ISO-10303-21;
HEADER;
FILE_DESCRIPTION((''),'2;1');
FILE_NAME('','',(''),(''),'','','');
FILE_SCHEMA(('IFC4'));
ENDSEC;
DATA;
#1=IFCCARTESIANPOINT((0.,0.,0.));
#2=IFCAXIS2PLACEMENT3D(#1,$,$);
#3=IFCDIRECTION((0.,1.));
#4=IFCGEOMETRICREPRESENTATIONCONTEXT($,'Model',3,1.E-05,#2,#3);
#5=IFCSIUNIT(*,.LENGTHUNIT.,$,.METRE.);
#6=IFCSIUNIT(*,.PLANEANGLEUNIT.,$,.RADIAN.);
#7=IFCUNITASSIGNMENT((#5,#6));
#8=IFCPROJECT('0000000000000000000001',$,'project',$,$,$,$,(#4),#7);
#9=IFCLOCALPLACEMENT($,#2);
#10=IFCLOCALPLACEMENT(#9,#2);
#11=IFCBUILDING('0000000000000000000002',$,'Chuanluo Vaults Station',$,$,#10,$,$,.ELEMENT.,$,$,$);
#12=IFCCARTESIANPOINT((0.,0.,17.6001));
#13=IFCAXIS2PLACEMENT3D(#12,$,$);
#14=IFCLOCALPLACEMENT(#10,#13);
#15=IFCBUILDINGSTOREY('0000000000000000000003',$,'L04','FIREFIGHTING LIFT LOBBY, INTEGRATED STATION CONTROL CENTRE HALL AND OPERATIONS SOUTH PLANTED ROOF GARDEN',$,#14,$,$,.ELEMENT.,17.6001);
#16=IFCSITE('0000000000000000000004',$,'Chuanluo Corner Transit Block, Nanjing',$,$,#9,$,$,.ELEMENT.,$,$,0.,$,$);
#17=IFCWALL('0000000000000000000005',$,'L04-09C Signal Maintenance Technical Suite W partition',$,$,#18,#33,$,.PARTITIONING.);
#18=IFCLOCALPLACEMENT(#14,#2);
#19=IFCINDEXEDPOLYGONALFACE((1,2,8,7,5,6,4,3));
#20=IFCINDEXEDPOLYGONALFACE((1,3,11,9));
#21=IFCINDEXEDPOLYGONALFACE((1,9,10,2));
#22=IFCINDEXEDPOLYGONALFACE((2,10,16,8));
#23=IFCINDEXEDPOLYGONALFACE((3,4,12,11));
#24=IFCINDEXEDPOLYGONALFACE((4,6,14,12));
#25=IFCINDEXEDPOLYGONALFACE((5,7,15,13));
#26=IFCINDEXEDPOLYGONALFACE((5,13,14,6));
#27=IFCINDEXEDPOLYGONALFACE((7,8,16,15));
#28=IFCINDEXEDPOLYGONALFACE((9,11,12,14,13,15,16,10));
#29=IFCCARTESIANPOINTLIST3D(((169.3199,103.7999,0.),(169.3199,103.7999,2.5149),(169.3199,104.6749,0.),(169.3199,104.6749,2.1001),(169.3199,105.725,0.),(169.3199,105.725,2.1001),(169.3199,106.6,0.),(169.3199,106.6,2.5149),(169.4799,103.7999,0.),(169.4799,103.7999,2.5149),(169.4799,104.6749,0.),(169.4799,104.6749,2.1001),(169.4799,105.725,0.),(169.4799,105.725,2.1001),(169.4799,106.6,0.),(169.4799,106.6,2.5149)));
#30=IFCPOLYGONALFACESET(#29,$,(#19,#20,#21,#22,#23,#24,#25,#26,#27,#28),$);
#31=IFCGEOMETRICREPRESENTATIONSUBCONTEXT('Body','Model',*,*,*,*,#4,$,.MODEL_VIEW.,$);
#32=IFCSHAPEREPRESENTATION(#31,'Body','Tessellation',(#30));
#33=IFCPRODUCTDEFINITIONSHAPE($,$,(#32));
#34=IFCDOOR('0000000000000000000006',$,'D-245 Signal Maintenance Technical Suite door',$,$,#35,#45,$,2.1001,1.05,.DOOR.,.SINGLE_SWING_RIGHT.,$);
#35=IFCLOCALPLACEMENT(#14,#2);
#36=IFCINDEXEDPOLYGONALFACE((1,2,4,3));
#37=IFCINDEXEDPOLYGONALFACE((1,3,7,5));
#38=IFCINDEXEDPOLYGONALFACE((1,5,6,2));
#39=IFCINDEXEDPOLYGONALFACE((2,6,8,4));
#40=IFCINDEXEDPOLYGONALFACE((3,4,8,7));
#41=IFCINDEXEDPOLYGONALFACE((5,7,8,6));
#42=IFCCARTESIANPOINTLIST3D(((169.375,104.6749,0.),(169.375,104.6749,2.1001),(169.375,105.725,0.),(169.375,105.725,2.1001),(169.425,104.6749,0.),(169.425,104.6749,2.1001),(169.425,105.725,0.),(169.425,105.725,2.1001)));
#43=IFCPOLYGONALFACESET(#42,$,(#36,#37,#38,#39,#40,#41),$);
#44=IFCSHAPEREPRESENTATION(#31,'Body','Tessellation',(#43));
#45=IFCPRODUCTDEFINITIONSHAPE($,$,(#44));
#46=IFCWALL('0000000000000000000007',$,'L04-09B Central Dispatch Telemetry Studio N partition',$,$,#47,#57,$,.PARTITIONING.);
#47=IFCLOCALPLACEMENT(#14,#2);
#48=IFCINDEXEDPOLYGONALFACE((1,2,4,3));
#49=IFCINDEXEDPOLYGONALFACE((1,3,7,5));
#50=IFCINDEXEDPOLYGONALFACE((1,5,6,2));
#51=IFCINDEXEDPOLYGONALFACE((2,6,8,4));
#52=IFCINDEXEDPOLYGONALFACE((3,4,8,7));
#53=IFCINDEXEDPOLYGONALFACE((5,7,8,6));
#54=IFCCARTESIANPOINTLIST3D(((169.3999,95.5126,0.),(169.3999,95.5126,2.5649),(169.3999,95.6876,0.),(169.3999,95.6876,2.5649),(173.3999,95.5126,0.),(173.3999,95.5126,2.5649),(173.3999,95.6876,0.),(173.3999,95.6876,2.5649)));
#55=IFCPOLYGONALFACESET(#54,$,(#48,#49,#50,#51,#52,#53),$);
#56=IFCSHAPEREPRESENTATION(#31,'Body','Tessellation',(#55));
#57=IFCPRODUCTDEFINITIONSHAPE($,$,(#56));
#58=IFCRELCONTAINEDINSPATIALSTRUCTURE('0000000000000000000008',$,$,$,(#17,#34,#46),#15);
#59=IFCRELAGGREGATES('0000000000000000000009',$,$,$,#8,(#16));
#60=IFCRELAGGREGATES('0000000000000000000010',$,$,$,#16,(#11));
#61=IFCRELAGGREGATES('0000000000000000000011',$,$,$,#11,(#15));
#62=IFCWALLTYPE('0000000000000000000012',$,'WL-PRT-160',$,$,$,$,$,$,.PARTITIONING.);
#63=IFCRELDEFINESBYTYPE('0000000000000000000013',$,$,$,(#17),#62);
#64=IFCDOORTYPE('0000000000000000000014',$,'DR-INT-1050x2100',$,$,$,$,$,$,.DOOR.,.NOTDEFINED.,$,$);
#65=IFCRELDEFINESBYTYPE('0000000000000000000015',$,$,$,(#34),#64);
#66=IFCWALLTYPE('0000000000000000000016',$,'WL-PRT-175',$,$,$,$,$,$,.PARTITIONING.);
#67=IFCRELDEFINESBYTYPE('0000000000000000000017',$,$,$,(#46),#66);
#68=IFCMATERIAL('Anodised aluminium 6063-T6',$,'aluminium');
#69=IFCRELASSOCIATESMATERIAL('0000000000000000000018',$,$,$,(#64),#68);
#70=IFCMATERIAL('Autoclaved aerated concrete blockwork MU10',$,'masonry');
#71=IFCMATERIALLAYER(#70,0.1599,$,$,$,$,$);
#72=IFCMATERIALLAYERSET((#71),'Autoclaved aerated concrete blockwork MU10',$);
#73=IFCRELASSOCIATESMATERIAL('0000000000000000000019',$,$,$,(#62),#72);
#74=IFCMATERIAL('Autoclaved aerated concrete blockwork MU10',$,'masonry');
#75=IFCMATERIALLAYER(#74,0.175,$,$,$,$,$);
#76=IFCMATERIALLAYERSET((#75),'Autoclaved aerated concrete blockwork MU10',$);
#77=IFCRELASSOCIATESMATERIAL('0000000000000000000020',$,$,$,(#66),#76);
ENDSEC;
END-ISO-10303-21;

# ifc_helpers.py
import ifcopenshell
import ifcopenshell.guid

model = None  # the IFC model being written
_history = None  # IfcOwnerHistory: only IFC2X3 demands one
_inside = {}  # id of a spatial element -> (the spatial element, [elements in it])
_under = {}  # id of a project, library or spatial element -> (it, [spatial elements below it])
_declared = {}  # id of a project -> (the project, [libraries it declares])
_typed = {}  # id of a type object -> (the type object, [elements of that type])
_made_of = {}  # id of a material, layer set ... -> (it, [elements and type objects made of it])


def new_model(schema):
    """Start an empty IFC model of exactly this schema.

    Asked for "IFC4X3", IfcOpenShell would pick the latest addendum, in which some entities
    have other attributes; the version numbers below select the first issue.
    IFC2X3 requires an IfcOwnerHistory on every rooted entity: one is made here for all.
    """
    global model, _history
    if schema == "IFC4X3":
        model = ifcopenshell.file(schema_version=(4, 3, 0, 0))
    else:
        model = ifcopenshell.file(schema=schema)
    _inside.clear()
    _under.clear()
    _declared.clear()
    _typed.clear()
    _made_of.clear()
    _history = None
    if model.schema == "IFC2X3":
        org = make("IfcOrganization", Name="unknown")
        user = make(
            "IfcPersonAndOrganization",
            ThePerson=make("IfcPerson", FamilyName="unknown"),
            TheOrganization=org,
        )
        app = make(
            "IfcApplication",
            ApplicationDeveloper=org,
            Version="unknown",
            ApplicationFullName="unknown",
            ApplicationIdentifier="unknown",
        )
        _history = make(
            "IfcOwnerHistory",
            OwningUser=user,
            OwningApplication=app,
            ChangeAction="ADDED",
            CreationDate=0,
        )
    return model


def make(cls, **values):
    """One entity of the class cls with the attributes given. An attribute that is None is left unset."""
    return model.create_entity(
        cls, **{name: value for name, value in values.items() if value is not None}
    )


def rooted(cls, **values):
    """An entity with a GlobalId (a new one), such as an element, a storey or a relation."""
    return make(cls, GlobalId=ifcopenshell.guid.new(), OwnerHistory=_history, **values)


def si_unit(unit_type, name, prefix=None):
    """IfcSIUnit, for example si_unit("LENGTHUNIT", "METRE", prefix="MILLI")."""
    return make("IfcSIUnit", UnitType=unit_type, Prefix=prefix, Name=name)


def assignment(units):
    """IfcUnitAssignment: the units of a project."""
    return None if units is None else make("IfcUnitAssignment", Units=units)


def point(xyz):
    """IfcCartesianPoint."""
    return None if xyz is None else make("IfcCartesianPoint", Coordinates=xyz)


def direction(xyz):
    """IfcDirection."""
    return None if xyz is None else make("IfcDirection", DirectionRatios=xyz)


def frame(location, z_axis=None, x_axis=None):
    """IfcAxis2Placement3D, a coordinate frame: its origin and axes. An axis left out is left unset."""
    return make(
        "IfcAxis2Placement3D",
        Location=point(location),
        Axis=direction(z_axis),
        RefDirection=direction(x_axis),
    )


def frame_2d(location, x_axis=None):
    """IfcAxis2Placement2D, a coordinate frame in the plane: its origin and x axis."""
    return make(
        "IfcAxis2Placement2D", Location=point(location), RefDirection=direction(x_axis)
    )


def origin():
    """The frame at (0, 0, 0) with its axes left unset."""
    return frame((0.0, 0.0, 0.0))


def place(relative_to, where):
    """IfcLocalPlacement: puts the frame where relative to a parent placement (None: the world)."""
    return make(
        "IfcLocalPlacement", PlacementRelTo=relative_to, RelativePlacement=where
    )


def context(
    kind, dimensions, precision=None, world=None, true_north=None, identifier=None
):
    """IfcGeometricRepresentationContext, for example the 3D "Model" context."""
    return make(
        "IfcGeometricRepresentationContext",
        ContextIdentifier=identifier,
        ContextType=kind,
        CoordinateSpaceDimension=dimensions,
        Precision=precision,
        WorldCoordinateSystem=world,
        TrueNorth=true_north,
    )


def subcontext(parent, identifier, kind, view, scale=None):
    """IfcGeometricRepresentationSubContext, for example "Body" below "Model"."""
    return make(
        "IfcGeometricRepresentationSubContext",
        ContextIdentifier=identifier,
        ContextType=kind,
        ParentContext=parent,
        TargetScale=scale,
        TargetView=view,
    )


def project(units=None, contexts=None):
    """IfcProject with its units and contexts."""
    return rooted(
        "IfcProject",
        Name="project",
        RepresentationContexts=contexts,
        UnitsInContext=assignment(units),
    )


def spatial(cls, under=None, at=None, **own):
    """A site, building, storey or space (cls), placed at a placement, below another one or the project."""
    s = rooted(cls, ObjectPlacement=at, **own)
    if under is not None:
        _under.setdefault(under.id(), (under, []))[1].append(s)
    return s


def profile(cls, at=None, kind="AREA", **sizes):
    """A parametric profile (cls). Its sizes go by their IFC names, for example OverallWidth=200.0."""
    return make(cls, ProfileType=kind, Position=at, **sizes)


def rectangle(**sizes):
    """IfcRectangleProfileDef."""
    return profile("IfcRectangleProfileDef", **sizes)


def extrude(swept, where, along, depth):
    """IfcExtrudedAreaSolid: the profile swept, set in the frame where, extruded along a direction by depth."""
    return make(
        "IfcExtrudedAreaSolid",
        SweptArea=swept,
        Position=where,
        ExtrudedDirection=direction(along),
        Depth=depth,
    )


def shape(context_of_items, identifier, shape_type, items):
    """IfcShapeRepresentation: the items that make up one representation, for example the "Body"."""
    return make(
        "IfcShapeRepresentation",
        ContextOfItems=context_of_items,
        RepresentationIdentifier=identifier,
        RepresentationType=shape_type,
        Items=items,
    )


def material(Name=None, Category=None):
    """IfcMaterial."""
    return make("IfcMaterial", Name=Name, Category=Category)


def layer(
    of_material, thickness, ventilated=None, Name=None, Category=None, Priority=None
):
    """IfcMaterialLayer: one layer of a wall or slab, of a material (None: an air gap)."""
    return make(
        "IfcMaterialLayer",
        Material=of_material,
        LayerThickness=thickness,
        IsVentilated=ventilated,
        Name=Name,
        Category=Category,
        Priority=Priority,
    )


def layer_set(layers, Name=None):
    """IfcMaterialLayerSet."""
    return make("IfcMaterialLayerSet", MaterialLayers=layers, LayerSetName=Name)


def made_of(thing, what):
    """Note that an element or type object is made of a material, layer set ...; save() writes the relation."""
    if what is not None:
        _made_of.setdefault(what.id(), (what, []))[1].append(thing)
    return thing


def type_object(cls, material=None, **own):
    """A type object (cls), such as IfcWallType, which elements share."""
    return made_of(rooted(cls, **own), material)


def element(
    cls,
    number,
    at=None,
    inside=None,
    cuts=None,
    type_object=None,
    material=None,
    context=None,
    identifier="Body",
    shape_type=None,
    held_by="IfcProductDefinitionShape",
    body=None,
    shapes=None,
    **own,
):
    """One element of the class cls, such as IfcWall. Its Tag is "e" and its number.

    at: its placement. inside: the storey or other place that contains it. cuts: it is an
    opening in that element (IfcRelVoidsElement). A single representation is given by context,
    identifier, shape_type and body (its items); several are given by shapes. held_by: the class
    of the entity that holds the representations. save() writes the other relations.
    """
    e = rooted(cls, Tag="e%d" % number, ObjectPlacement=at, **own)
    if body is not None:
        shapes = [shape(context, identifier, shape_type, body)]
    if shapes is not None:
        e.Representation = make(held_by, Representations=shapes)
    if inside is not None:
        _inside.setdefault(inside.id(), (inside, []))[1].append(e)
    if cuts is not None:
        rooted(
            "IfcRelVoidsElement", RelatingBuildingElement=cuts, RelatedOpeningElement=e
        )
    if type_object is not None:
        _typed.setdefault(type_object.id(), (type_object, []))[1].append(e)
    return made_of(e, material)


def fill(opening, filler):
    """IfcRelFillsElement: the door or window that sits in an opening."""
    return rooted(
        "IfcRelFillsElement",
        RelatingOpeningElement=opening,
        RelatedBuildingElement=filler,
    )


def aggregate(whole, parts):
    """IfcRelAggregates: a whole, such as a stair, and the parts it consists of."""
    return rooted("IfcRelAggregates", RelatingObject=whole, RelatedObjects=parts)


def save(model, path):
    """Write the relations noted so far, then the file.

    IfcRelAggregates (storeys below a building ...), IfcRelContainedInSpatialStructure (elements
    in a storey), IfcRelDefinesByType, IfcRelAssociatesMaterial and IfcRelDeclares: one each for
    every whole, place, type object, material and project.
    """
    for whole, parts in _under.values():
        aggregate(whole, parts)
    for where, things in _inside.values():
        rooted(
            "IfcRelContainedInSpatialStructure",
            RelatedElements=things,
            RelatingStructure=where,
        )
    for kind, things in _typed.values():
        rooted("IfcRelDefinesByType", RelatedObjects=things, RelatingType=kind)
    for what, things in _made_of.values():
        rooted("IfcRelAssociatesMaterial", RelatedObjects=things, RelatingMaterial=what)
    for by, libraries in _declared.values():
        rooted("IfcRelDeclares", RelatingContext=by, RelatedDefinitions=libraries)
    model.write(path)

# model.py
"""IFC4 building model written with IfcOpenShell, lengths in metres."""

from ifc_helpers import new_model, si_unit, direction, frame, frame_2d, origin, place, context, subcontext, project, spatial, rectangle, extrude, material, layer, layer_set, type_object, element, fill, save


model = new_model("IFC4")

# Units and contexts
model_context = context("Model", 3, precision=1e-05, world=origin(), true_north=direction((0.0, 1.0)))
body_context = subcontext(model_context, "Body", "Model", "MODEL_VIEW")
ifc_project = project(units=[si_unit("LENGTHUNIT", "METRE"), si_unit("PLANEANGLEUNIT", "RADIAN")], contexts=[model_context])

# Site, building, storey
site_placement = place(None, origin())
site = spatial("IfcSite", under=ifc_project, at=site_placement, Name="Chuanluo Corner Transit Block, Nanjing", CompositionType="ELEMENT", RefElevation=0.0)
building_placement = place(site_placement, origin())
building = spatial("IfcBuilding", under=site, at=building_placement, Name="Chuanluo Vaults Station", CompositionType="ELEMENT")
storey_placement = place(building_placement, frame((0.0, 0.0, 17.6001)))
storey = spatial("IfcBuildingStorey", under=building, at=storey_placement, Name="L04", Description="FIREFIGHTING LIFT LOBBY, INTEGRATED STATION CONTROL CENTRE HALL AND OPERATIONS SOUTH PLANTED ROOF GARDEN", CompositionType="ELEMENT", Elevation=17.6001)

# Shared definitions
ifc_material_1 = material(Name="Anodised aluminium 6063-T6", Category="aluminium")
door_type_1 = type_object("IfcDoorType", Name="DR-INT-1050x2100", OperationType="NOTDEFINED", PredefinedType="DOOR", material=ifc_material_1)

# Wall, opening, door
ifc_material_2 = material(Name="Autoclaved aerated concrete blockwork MU10", Category="masonry")
ifc_layer_1 = layer(ifc_material_2, 0.1599)
ifc_layer_set_1 = layer_set([ifc_layer_1], Name="Autoclaved aerated concrete blockwork MU10")
wall_type_1 = type_object("IfcWallType", Name="WL-PRT-160", PredefinedType="PARTITIONING", material=ifc_layer_set_1)
wall_1_placement = place(storey_placement, frame((169.3999, 103.8, 0.0), z_axis=(0.0, 0.0, 1.0), x_axis=(0.0, 1.0, 0.0)))
wall_1 = element("IfcWall", 1, at=wall_1_placement, inside=storey, type_object=wall_type_1, Name="L04-09C Signal Maintenance Technical Suite W partition", PredefinedType="PARTITIONING", context=body_context, shape_type="SweptSolid", body=[
    extrude(rectangle(XDim=2.8, YDim=0.1599, at=frame_2d((1.3999, 0.0))), origin(), (0.0, 0.0, 1.0), 2.5149),
])
opening_1_placement = place(wall_1_placement, frame((0.875, 0.0, 0.0)))
opening_1 = element("IfcOpeningElement", 2, at=opening_1_placement, cuts=wall_1, PredefinedType="OPENING", context=body_context, shape_type="SweptSolid", body=[
    extrude(rectangle(XDim=1.05, YDim=2.1001, at=frame_2d((0.5249, 1.05))), frame((0.0, 0.0901, 0.0), z_axis=(0.0, -1.0, 0.0), x_axis=(1.0, 0.0, 0.0)), (0.0, 0.0, 1.0), 0.1799),
])
door_1_placement = place(opening_1_placement, origin())
door_1 = element("IfcDoor", 3, at=door_1_placement, inside=storey, type_object=door_type_1, Name="D-245 Signal Maintenance Technical Suite door", OperationType="SINGLE_SWING_RIGHT", OverallHeight=2.1001, OverallWidth=1.05, PredefinedType="DOOR", context=body_context, shape_type="SweptSolid", body=[
    extrude(rectangle(XDim=1.05, YDim=2.1001, at=frame_2d((0.5249, 1.05))), frame((0.0, 0.0249, 0.0), z_axis=(0.0, -1.0, 0.0), x_axis=(1.0, 0.0, 0.0)), (0.0, 0.0, 1.0), 0.05),
])
fill(opening_1, door_1)

# Wall
ifc_material_3 = material(Name="Autoclaved aerated concrete blockwork MU10", Category="masonry")
ifc_layer_2 = layer(ifc_material_3, 0.175)
ifc_layer_set_2 = layer_set([ifc_layer_2], Name="Autoclaved aerated concrete blockwork MU10")
wall_type_2 = type_object("IfcWallType", Name="WL-PRT-175", PredefinedType="PARTITIONING", material=ifc_layer_set_2)
wall_2_placement = place(storey_placement, frame((169.3999, 95.6001, 0.0), z_axis=(0.0, 0.0, 1.0), x_axis=(1.0, 0.0, 0.0)))
element("IfcWall", 4, at=wall_2_placement, inside=storey, type_object=wall_type_2, Name="L04-09B Central Dispatch Telemetry Studio N partition", PredefinedType="PARTITIONING", context=body_context, shape_type="SweptSolid", body=[
    extrude(rectangle(XDim=4.0, YDim=0.175, at=frame_2d((2.0, 0.0))), origin(), (0.0, 0.0, 1.0), 2.5649),
])

save(model, "model.ifc")
